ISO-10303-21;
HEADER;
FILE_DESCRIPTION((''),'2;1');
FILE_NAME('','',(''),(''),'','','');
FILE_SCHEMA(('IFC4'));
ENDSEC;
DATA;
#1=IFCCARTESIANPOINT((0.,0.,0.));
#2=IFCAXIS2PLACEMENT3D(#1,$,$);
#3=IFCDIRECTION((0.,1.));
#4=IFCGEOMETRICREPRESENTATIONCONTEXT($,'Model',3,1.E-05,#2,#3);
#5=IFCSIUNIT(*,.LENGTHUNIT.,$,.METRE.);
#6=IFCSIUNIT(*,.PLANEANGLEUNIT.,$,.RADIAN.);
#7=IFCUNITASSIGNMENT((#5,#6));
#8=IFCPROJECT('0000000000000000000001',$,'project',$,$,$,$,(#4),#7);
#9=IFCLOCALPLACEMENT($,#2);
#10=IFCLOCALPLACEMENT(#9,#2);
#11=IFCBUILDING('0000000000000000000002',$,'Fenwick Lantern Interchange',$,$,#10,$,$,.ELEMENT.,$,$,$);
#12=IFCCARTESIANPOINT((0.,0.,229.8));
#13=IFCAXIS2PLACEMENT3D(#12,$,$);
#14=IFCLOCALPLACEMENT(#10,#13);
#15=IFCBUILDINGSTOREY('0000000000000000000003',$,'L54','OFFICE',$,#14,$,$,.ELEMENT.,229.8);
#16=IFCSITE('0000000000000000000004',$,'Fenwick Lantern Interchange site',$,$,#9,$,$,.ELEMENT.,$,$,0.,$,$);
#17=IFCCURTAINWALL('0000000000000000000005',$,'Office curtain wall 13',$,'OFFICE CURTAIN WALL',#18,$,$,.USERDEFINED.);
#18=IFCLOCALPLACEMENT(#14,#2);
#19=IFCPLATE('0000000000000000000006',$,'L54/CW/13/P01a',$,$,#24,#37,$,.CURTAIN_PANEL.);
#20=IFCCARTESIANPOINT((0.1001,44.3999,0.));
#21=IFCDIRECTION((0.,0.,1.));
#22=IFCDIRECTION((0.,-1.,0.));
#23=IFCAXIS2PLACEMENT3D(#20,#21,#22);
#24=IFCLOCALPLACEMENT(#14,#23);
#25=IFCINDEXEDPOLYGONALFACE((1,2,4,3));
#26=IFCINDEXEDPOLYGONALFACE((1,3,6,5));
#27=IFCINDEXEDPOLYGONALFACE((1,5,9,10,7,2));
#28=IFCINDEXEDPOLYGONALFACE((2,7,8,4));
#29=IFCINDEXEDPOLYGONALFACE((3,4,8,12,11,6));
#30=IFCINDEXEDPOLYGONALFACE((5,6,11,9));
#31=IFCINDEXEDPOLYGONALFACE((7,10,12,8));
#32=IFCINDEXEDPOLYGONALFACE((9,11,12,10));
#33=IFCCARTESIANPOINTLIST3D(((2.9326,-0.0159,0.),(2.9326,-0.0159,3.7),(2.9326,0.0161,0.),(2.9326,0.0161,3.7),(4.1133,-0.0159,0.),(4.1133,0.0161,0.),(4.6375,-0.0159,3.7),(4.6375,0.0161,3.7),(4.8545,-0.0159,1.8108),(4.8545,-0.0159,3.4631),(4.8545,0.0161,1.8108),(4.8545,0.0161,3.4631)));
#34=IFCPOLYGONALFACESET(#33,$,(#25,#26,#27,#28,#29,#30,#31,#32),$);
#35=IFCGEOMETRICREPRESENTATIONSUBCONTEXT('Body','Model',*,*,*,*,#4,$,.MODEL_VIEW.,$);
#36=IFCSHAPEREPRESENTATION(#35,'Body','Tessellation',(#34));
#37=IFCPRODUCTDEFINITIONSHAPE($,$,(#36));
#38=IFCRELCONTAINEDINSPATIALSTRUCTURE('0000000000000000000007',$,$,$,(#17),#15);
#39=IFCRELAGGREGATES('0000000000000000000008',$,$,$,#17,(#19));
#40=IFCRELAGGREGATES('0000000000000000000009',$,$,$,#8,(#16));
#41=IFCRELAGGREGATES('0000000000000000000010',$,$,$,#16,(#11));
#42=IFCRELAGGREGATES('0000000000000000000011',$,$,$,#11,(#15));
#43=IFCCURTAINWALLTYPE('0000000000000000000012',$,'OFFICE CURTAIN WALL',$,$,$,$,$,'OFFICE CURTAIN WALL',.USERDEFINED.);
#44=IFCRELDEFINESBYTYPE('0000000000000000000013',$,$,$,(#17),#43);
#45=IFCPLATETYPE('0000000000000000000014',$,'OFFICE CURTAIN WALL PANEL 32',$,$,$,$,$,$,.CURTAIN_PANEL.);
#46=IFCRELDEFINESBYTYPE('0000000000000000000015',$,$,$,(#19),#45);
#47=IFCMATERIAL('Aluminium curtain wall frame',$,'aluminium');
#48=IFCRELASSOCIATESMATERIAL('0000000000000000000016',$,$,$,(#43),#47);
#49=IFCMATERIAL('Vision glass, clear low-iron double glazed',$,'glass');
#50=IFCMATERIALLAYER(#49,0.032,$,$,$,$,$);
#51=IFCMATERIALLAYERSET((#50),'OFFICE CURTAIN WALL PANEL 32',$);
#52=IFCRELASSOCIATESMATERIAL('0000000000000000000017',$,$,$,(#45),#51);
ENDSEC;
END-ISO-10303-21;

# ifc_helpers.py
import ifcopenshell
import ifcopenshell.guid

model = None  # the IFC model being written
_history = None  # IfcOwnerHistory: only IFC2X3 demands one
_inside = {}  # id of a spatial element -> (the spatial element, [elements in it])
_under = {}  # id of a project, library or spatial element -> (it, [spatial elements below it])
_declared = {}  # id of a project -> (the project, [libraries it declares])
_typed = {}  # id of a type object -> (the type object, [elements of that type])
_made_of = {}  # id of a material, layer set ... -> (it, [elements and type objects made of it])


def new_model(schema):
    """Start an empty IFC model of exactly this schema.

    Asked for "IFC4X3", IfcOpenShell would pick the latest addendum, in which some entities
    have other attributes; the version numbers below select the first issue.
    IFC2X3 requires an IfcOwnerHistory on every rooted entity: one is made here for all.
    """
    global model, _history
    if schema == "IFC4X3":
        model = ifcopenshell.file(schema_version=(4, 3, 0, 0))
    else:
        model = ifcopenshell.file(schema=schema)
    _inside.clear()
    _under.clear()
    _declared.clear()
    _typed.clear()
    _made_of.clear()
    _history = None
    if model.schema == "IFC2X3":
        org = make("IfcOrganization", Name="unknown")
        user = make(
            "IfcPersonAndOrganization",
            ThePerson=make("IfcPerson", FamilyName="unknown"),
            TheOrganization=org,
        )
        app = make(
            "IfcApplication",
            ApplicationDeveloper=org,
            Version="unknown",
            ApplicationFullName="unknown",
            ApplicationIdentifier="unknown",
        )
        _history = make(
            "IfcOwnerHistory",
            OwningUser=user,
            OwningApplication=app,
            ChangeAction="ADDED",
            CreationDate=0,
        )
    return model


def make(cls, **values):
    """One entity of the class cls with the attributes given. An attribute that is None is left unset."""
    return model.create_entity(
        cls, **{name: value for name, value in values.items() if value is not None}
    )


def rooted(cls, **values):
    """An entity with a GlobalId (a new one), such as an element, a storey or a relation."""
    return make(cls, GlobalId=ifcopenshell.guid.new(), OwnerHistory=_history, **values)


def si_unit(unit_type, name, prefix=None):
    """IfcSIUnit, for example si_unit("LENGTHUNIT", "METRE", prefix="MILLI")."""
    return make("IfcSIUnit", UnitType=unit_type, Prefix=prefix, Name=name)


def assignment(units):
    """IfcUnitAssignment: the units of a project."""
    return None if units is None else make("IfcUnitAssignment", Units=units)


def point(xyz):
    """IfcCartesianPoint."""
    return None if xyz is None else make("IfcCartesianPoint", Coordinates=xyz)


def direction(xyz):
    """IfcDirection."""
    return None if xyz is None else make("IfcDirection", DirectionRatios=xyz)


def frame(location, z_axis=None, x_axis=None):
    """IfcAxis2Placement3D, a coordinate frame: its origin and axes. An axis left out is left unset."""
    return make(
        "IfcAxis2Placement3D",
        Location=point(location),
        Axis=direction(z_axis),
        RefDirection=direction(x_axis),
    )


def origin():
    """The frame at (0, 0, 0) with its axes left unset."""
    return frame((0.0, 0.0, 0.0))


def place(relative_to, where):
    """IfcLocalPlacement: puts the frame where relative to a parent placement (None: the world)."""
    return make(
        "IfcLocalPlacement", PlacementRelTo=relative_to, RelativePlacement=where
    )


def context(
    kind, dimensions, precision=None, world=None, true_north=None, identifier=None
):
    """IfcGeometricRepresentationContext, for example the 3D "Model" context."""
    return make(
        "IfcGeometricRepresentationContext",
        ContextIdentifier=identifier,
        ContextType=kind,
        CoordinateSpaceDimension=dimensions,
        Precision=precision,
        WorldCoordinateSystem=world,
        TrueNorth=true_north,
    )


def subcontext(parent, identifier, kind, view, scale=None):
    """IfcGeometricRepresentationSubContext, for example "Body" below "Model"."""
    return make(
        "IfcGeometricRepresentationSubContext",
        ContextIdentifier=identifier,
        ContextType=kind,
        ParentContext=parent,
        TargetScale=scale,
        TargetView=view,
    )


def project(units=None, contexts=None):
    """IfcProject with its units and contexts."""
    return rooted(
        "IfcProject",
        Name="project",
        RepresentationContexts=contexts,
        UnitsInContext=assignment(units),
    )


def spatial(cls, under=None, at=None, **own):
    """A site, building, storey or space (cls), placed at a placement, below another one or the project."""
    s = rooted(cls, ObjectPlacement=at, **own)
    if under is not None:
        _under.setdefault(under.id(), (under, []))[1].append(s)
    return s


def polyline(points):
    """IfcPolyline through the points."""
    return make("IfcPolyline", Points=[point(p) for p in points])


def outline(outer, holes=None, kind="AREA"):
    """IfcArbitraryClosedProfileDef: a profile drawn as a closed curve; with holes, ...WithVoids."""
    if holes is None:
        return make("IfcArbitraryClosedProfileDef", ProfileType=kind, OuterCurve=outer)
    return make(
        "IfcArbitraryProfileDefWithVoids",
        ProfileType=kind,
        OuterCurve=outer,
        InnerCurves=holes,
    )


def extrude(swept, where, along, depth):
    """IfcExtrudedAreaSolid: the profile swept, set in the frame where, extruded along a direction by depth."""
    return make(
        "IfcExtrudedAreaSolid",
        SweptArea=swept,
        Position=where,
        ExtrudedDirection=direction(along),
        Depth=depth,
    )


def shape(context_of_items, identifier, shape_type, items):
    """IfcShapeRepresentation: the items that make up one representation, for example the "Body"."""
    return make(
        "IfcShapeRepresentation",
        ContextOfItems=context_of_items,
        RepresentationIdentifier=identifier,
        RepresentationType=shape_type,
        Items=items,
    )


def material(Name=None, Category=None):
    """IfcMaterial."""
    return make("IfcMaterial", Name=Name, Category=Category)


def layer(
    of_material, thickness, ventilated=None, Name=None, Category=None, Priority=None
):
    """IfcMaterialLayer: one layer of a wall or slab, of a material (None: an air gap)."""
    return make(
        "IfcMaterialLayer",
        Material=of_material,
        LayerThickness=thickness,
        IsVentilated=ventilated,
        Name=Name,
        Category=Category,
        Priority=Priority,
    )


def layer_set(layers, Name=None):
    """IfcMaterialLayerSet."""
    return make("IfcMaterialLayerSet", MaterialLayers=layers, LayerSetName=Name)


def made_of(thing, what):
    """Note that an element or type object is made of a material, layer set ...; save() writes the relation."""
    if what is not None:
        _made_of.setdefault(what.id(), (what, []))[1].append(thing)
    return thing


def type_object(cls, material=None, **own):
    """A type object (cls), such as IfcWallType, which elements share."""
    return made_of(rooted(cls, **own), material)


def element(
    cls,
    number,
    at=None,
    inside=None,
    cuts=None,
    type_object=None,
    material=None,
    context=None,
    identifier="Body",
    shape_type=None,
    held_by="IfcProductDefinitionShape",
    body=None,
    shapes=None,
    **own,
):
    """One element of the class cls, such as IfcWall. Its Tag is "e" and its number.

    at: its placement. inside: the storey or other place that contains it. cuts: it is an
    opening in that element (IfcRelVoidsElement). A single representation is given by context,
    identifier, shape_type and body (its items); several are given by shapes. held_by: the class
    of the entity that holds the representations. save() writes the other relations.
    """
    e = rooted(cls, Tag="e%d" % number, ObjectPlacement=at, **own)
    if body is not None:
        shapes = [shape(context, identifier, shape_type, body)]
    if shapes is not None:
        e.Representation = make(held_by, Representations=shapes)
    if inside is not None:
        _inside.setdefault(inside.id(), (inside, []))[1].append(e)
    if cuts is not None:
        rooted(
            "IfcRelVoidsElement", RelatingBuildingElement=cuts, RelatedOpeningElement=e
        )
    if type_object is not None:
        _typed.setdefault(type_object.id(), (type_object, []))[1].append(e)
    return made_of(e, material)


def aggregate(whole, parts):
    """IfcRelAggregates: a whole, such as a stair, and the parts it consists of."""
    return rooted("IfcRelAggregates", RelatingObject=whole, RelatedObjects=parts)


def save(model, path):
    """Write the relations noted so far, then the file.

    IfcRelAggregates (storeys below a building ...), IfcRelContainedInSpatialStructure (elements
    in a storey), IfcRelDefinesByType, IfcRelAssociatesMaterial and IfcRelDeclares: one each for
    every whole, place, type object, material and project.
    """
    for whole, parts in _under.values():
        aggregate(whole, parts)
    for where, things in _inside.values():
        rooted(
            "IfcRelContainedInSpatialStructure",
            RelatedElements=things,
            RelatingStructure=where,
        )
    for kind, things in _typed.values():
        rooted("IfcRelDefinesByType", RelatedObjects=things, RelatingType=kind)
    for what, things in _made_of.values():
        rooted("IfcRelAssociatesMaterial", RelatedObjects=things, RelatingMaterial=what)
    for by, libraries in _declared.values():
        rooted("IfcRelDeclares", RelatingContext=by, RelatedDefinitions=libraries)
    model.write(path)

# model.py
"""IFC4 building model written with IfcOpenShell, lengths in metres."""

from ifc_helpers import new_model, si_unit, direction, frame, origin, place, context, subcontext, project, spatial, polyline, outline, extrude, material, layer, layer_set, type_object, element, aggregate, save


model = new_model("IFC4")

# Units and contexts
model_context = context("Model", 3, precision=1e-05, world=origin(), true_north=direction((0.0, 1.0)))
body_context = subcontext(model_context, "Body", "Model", "MODEL_VIEW")
ifc_project = project(units=[si_unit("LENGTHUNIT", "METRE"), si_unit("PLANEANGLEUNIT", "RADIAN")], contexts=[model_context])

# Site, building, storey
site_placement = place(None, origin())
site = spatial("IfcSite", under=ifc_project, at=site_placement, Name="Fenwick Lantern Interchange site", CompositionType="ELEMENT", RefElevation=0.0)
building_placement = place(site_placement, origin())
building = spatial("IfcBuilding", under=site, at=building_placement, Name="Fenwick Lantern Interchange", CompositionType="ELEMENT")
storey_placement = place(building_placement, frame((0.0, 0.0, 229.8)))
storey = spatial("IfcBuildingStorey", under=building, at=storey_placement, Name="L54", Description="OFFICE", CompositionType="ELEMENT", Elevation=229.8)

# Curtain wall, plate
ifc_material_1 = material(Name="Aluminium curtain wall frame", Category="aluminium")
curtain_wall_type = type_object("IfcCurtainWallType", Name="OFFICE CURTAIN WALL", ElementType="OFFICE CURTAIN WALL", PredefinedType="USERDEFINED", material=ifc_material_1)
curtain_wall_placement = place(storey_placement, origin())
curtain_wall = element("IfcCurtainWall", 1, at=curtain_wall_placement, inside=storey, type_object=curtain_wall_type, Name="Office curtain wall 13", ObjectType="OFFICE CURTAIN WALL", PredefinedType="USERDEFINED")
ifc_material_2 = material(Name="Vision glass, clear low-iron double glazed", Category="glass")
ifc_layer_1 = layer(ifc_material_2, 0.032)
ifc_layer_set_1 = layer_set([ifc_layer_1], Name="OFFICE CURTAIN WALL PANEL 32")
plate_type = type_object("IfcPlateType", Name="OFFICE CURTAIN WALL PANEL 32", PredefinedType="CURTAIN_PANEL", material=ifc_layer_set_1)
plate_1_placement = place(storey_placement, frame((0.1001, 44.3999, 0.0), z_axis=(0.0, 0.0, 1.0), x_axis=(0.0, -1.0, 0.0)))
plate_1 = element("IfcPlate", 2, at=plate_1_placement, type_object=plate_type, Name="L54/CW/13/P01a", PredefinedType="CURTAIN_PANEL", context=body_context, shape_type="SweptSolid", body=[
    extrude(outline(polyline([(2.9326, 0.0), (4.1133, 0.0), (4.8545, 1.8108), (4.8545, 3.4631), (4.6375, 3.7), (2.9326, 3.7), (2.9326, 0.0)])), frame((0.0, 0.0161, 0.0), z_axis=(0.0, -1.0, 0.0), x_axis=(1.0, 0.0, 0.0)), (0.0, 0.0, 1.0), 0.032),
])
aggregate(curtain_wall, [plate_1])

save(model, "model.ifc")
